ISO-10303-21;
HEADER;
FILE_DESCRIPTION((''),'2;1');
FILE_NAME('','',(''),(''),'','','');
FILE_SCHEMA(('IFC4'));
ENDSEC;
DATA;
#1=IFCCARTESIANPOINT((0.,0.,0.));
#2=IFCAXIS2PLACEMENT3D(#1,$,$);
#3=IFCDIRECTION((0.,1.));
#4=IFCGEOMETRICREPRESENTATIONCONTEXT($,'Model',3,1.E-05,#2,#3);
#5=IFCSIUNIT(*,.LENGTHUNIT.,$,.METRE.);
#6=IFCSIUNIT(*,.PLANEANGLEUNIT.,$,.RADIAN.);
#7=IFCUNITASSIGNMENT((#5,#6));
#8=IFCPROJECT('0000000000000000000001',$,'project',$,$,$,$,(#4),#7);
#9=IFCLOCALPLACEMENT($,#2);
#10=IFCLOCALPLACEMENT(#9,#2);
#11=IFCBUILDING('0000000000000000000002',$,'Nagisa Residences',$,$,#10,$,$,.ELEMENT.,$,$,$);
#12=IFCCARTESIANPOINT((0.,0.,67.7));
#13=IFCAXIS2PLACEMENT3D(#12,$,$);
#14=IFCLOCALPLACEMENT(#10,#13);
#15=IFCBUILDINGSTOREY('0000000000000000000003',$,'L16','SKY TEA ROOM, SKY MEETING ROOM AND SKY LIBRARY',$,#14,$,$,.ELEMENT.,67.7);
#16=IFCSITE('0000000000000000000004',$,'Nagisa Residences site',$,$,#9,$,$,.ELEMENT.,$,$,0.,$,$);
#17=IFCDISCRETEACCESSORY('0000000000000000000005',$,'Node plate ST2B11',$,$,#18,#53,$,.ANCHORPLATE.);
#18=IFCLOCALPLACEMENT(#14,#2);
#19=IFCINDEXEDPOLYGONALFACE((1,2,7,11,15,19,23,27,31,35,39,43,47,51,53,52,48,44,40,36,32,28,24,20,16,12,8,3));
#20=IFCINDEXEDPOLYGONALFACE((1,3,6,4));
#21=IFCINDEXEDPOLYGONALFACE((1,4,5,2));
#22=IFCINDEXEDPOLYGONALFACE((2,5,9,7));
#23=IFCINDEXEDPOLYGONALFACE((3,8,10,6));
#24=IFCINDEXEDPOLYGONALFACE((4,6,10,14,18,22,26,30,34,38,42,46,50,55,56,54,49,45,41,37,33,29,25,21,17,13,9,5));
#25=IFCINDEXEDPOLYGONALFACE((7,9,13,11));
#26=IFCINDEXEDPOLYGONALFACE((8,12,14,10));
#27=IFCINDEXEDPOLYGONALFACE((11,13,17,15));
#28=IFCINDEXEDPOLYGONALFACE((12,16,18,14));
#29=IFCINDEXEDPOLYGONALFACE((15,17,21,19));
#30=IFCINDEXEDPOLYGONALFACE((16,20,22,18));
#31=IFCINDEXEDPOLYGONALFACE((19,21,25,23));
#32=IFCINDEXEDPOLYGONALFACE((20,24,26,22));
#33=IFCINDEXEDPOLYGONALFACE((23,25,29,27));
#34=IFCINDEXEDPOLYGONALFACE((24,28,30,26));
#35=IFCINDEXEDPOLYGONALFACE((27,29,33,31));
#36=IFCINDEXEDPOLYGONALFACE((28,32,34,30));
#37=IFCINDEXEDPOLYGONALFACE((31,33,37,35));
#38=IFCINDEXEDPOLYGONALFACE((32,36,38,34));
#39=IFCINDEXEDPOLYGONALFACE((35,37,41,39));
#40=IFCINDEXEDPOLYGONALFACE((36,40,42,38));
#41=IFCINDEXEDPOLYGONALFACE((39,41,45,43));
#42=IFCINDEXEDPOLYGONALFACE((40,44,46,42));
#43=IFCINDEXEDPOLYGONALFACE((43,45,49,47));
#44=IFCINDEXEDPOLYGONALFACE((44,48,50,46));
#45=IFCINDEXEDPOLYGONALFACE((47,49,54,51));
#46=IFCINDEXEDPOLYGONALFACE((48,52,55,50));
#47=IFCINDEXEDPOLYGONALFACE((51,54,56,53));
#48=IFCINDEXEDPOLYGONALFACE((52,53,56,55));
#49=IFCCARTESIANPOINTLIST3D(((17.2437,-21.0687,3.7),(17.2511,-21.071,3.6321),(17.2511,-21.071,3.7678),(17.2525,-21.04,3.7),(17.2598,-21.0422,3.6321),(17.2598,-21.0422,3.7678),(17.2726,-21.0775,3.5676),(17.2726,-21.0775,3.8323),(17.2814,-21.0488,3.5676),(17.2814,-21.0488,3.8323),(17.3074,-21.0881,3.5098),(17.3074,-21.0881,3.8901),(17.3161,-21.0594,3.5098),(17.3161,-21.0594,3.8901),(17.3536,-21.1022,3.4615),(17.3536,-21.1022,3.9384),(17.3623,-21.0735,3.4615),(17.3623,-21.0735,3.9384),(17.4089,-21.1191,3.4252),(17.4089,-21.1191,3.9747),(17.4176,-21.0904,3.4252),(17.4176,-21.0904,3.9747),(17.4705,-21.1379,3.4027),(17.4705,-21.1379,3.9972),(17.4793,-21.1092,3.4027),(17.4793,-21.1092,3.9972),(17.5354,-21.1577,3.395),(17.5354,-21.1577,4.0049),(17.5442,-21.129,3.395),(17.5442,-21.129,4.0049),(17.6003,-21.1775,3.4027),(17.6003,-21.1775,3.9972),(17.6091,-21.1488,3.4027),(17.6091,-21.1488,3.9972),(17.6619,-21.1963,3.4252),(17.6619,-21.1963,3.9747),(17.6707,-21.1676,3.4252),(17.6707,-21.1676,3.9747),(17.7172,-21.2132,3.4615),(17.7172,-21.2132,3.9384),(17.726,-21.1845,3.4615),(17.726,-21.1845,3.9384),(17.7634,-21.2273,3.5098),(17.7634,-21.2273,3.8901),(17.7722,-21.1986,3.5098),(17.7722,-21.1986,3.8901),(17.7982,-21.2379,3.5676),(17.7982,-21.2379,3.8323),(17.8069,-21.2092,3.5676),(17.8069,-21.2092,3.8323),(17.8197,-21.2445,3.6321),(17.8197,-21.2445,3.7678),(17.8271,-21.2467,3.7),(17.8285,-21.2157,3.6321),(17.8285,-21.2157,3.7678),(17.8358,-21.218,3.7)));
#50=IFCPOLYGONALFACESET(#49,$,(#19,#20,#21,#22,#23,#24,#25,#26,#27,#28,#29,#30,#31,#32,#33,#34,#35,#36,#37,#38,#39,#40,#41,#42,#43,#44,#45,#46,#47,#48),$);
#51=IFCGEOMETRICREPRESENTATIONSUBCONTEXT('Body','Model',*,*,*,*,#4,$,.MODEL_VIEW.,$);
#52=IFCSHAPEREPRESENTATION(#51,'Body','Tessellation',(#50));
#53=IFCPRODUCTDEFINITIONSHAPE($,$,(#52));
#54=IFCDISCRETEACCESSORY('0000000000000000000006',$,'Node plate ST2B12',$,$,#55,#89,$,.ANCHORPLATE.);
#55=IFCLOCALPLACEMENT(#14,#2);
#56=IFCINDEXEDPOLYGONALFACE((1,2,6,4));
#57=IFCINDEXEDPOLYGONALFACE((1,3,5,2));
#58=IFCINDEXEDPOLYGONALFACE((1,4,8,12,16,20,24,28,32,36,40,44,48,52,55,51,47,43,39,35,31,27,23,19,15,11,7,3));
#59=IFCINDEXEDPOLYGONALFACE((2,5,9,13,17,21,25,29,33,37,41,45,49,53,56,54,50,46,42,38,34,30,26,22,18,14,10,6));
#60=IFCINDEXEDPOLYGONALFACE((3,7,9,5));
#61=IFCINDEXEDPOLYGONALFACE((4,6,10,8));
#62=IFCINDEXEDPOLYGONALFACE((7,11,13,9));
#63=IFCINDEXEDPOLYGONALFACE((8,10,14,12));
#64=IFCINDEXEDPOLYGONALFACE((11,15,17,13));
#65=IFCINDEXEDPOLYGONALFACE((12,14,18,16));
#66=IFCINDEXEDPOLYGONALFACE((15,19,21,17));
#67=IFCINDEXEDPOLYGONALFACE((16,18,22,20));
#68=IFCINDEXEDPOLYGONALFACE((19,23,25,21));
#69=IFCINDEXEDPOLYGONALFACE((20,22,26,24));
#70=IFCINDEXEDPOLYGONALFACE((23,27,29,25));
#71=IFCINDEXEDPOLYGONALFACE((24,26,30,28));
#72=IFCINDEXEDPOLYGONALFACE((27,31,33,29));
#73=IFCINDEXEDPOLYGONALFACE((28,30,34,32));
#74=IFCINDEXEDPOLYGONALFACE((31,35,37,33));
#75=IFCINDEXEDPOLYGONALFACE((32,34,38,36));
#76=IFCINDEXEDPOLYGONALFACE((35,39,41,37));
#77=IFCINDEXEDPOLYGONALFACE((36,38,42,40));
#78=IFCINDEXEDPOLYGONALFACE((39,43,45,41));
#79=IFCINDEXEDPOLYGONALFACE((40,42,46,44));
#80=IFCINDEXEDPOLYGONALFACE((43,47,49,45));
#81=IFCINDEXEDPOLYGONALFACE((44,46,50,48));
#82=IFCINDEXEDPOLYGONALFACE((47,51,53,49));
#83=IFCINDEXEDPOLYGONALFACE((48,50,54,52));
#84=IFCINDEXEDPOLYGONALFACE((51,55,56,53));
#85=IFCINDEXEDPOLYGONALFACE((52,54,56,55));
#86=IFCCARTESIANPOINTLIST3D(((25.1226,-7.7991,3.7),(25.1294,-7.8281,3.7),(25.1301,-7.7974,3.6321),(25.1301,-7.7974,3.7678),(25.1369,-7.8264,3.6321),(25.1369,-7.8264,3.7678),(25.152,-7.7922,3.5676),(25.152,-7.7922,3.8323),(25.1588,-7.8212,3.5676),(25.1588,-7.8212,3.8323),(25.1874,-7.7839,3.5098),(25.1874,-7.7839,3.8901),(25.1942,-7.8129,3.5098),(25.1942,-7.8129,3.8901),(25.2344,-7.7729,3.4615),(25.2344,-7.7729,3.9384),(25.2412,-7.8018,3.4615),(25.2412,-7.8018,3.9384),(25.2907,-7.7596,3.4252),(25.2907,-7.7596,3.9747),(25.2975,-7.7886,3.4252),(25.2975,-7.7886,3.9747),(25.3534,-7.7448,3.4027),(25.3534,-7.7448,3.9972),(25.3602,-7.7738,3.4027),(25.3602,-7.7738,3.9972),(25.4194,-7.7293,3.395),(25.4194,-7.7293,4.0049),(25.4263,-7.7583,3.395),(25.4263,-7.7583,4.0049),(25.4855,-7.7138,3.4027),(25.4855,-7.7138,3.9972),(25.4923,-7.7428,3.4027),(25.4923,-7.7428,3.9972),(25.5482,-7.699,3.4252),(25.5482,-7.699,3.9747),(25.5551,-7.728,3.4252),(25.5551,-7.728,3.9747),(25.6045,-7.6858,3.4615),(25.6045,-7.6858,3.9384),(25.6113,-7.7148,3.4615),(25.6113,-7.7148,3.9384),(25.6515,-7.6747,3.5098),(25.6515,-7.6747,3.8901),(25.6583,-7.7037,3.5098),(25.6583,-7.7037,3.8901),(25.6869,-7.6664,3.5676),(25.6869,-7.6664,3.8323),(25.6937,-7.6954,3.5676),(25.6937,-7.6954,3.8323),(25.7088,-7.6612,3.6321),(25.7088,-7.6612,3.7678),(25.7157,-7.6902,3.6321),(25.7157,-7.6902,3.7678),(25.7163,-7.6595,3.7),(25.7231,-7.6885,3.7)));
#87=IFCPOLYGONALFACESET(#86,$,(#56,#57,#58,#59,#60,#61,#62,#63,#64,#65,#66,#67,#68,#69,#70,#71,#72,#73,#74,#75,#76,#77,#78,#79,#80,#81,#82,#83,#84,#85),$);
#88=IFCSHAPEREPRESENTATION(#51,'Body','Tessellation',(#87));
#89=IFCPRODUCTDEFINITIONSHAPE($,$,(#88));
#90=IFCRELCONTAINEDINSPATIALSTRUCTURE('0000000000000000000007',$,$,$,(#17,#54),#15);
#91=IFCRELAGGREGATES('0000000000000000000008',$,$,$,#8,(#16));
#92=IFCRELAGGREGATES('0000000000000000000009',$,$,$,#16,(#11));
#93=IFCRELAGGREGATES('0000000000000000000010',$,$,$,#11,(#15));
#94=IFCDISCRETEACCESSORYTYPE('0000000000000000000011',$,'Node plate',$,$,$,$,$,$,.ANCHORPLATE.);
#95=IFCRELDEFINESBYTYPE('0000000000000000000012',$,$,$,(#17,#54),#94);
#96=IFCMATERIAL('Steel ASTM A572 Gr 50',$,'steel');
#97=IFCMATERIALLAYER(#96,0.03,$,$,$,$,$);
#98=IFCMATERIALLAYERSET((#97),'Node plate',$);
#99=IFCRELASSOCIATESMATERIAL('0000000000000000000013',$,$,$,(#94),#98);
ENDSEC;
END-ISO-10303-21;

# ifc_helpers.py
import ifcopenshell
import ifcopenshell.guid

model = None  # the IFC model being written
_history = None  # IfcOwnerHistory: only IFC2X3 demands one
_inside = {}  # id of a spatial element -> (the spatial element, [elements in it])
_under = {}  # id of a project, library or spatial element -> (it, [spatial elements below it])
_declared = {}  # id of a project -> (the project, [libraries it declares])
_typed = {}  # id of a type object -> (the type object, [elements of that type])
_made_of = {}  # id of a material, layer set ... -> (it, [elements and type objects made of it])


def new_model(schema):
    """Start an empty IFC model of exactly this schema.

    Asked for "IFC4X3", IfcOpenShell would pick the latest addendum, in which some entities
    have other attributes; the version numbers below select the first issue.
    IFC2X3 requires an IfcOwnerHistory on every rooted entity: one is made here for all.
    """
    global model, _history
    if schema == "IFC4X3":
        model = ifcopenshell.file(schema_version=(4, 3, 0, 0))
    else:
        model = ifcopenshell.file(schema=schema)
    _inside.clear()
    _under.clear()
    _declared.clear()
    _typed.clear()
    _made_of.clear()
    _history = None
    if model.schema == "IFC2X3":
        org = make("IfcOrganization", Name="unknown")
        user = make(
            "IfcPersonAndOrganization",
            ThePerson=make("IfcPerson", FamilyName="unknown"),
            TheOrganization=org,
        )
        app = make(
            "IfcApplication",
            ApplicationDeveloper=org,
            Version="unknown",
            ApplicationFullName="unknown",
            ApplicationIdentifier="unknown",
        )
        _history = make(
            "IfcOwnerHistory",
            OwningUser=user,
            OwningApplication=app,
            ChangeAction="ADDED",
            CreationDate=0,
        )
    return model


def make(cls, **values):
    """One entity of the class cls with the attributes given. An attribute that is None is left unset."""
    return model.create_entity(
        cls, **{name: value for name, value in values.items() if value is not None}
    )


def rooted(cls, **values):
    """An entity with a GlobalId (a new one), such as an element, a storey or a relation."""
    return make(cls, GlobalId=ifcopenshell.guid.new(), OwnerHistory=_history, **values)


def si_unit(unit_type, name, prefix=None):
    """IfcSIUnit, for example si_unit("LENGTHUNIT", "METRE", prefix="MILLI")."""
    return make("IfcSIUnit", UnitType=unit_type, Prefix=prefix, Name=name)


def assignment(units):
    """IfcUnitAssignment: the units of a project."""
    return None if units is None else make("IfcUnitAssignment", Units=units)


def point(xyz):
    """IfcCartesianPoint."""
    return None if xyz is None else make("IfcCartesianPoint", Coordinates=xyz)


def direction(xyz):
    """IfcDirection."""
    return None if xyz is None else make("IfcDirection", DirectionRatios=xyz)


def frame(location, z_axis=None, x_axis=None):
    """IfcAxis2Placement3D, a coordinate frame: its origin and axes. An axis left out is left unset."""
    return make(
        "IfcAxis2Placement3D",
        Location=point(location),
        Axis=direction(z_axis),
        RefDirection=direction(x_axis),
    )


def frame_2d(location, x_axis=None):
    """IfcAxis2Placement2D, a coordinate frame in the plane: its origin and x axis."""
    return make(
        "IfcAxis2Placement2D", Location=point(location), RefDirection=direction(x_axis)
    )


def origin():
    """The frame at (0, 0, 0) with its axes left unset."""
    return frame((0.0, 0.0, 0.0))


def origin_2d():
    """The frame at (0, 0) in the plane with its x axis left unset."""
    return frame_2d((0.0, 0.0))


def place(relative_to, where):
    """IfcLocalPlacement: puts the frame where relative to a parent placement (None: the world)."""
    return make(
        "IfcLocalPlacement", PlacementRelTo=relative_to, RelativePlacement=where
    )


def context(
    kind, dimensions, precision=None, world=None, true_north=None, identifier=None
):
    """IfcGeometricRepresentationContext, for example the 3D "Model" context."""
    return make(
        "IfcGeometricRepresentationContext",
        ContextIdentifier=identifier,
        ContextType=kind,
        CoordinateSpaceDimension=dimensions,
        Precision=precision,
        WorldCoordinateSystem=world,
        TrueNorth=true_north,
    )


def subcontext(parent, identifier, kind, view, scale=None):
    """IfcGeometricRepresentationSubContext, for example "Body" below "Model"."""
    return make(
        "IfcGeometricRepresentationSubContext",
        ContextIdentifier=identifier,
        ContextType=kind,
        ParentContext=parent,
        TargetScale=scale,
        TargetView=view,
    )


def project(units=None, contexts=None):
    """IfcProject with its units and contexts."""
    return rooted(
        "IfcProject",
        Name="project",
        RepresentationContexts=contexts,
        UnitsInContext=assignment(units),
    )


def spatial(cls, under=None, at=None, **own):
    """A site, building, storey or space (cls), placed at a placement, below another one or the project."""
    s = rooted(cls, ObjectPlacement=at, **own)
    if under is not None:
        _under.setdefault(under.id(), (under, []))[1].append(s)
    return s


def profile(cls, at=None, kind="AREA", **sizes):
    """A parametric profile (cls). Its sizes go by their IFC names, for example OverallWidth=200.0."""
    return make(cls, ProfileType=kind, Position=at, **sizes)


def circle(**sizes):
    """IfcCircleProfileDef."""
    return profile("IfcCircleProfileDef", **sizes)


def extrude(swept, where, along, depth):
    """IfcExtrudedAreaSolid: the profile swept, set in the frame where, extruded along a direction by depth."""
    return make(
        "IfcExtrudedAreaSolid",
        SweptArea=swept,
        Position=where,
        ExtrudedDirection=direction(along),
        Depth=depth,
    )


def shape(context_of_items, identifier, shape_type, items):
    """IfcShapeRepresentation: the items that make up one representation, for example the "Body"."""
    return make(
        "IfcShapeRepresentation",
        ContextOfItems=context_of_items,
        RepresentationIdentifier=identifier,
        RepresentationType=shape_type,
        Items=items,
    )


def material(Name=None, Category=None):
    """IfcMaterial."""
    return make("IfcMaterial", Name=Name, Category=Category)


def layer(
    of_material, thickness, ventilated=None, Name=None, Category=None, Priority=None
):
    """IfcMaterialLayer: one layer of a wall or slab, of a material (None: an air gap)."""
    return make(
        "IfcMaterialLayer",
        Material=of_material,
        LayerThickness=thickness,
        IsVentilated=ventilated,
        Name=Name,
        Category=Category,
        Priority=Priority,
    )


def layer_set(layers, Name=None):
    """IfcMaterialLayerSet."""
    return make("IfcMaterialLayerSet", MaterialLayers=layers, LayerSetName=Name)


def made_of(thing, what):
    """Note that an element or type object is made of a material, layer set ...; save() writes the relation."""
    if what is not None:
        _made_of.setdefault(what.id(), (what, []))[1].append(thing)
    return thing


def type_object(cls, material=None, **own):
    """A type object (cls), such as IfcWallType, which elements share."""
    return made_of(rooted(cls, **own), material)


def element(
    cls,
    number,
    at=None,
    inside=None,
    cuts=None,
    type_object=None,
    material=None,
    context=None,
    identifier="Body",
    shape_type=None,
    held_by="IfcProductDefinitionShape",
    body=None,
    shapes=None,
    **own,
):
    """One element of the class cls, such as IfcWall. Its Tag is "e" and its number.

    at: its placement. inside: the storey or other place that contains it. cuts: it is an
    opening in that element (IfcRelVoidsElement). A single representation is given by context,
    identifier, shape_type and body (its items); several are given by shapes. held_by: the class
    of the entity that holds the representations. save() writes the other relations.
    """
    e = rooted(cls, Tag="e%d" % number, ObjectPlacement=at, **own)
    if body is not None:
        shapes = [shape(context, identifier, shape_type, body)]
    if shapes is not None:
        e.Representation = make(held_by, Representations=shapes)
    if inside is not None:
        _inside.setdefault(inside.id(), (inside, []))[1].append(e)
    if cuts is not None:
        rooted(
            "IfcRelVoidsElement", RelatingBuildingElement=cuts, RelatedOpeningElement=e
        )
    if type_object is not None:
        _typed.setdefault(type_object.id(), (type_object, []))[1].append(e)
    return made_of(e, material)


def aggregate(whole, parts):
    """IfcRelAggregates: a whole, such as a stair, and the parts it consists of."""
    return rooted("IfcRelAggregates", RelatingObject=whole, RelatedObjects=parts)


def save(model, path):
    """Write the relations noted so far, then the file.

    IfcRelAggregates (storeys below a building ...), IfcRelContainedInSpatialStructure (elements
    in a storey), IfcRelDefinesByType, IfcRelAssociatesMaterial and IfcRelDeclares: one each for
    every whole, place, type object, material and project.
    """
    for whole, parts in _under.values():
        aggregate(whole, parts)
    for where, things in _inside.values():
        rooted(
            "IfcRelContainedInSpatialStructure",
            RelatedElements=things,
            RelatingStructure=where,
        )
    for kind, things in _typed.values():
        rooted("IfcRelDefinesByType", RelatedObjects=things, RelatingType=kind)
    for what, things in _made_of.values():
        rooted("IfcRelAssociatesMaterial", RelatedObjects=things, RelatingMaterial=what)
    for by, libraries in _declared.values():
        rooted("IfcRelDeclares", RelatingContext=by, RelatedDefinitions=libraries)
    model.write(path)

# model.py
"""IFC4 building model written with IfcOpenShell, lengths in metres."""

from ifc_helpers import new_model, si_unit, direction, frame, origin, origin_2d, place, context, subcontext, project, spatial, circle, extrude, material, layer, layer_set, type_object, element, save


model = new_model("IFC4")

# Units and contexts
model_context = context("Model", 3, precision=1e-05, world=origin(), true_north=direction((0.0, 1.0)))
body_context = subcontext(model_context, "Body", "Model", "MODEL_VIEW")
ifc_project = project(units=[si_unit("LENGTHUNIT", "METRE"), si_unit("PLANEANGLEUNIT", "RADIAN")], contexts=[model_context])

# Site, building, storey
site_placement = place(None, origin())
site = spatial("IfcSite", under=ifc_project, at=site_placement, Name="Nagisa Residences site", CompositionType="ELEMENT", RefElevation=0.0)
building_placement = place(site_placement, origin())
building = spatial("IfcBuilding", under=site, at=building_placement, Name="Nagisa Residences", CompositionType="ELEMENT")
storey_placement = place(building_placement, frame((0.0, 0.0, 67.7)))
storey = spatial("IfcBuildingStorey", under=building, at=storey_placement, Name="L16", Description="SKY TEA ROOM, SKY MEETING ROOM AND SKY LIBRARY", CompositionType="ELEMENT", Elevation=67.7)

# Discrete accessories
ifc_material_1 = material(Name="Steel ASTM A572 Gr 50", Category="steel")
ifc_layer_1 = layer(ifc_material_1, 0.03)
ifc_layer_set_1 = layer_set([ifc_layer_1], Name="Node plate")
discrete_accessory_type_1 = type_object("IfcDiscreteAccessoryType", Name="Node plate", PredefinedType="ANCHORPLATE", material=ifc_layer_set_1)
discrete_accessory_1_placement = place(storey_placement, frame((17.5354, -21.1577, 3.7), z_axis=(0.291807, 0.956477, 0.0), x_axis=(-0.956477, 0.291807, 0.0)))
element("IfcDiscreteAccessory", 1, at=discrete_accessory_1_placement, inside=storey, type_object=discrete_accessory_type_1, Name="Node plate ST2B11", PredefinedType="ANCHORPLATE", context=body_context, shape_type="SweptSolid", body=[
    extrude(circle(Radius=0.3049, at=origin_2d()), origin(), (0.0, 0.0, 1.0), 0.03),
])
discrete_accessory_2_placement = place(storey_placement, frame((25.4263, -7.7583, 3.7), z_axis=(-0.229039, 0.973417, 0.0), x_axis=(-0.973417, -0.229039, 0.0)))
element("IfcDiscreteAccessory", 2, at=discrete_accessory_2_placement, inside=storey, type_object=discrete_accessory_type_1, Name="Node plate ST2B12", PredefinedType="ANCHORPLATE", context=body_context, shape_type="SweptSolid", body=[
    extrude(circle(Radius=0.3049, at=origin_2d()), origin(), (0.0, 0.0, 1.0), 0.0298),
])

save(model, "model.ifc")
